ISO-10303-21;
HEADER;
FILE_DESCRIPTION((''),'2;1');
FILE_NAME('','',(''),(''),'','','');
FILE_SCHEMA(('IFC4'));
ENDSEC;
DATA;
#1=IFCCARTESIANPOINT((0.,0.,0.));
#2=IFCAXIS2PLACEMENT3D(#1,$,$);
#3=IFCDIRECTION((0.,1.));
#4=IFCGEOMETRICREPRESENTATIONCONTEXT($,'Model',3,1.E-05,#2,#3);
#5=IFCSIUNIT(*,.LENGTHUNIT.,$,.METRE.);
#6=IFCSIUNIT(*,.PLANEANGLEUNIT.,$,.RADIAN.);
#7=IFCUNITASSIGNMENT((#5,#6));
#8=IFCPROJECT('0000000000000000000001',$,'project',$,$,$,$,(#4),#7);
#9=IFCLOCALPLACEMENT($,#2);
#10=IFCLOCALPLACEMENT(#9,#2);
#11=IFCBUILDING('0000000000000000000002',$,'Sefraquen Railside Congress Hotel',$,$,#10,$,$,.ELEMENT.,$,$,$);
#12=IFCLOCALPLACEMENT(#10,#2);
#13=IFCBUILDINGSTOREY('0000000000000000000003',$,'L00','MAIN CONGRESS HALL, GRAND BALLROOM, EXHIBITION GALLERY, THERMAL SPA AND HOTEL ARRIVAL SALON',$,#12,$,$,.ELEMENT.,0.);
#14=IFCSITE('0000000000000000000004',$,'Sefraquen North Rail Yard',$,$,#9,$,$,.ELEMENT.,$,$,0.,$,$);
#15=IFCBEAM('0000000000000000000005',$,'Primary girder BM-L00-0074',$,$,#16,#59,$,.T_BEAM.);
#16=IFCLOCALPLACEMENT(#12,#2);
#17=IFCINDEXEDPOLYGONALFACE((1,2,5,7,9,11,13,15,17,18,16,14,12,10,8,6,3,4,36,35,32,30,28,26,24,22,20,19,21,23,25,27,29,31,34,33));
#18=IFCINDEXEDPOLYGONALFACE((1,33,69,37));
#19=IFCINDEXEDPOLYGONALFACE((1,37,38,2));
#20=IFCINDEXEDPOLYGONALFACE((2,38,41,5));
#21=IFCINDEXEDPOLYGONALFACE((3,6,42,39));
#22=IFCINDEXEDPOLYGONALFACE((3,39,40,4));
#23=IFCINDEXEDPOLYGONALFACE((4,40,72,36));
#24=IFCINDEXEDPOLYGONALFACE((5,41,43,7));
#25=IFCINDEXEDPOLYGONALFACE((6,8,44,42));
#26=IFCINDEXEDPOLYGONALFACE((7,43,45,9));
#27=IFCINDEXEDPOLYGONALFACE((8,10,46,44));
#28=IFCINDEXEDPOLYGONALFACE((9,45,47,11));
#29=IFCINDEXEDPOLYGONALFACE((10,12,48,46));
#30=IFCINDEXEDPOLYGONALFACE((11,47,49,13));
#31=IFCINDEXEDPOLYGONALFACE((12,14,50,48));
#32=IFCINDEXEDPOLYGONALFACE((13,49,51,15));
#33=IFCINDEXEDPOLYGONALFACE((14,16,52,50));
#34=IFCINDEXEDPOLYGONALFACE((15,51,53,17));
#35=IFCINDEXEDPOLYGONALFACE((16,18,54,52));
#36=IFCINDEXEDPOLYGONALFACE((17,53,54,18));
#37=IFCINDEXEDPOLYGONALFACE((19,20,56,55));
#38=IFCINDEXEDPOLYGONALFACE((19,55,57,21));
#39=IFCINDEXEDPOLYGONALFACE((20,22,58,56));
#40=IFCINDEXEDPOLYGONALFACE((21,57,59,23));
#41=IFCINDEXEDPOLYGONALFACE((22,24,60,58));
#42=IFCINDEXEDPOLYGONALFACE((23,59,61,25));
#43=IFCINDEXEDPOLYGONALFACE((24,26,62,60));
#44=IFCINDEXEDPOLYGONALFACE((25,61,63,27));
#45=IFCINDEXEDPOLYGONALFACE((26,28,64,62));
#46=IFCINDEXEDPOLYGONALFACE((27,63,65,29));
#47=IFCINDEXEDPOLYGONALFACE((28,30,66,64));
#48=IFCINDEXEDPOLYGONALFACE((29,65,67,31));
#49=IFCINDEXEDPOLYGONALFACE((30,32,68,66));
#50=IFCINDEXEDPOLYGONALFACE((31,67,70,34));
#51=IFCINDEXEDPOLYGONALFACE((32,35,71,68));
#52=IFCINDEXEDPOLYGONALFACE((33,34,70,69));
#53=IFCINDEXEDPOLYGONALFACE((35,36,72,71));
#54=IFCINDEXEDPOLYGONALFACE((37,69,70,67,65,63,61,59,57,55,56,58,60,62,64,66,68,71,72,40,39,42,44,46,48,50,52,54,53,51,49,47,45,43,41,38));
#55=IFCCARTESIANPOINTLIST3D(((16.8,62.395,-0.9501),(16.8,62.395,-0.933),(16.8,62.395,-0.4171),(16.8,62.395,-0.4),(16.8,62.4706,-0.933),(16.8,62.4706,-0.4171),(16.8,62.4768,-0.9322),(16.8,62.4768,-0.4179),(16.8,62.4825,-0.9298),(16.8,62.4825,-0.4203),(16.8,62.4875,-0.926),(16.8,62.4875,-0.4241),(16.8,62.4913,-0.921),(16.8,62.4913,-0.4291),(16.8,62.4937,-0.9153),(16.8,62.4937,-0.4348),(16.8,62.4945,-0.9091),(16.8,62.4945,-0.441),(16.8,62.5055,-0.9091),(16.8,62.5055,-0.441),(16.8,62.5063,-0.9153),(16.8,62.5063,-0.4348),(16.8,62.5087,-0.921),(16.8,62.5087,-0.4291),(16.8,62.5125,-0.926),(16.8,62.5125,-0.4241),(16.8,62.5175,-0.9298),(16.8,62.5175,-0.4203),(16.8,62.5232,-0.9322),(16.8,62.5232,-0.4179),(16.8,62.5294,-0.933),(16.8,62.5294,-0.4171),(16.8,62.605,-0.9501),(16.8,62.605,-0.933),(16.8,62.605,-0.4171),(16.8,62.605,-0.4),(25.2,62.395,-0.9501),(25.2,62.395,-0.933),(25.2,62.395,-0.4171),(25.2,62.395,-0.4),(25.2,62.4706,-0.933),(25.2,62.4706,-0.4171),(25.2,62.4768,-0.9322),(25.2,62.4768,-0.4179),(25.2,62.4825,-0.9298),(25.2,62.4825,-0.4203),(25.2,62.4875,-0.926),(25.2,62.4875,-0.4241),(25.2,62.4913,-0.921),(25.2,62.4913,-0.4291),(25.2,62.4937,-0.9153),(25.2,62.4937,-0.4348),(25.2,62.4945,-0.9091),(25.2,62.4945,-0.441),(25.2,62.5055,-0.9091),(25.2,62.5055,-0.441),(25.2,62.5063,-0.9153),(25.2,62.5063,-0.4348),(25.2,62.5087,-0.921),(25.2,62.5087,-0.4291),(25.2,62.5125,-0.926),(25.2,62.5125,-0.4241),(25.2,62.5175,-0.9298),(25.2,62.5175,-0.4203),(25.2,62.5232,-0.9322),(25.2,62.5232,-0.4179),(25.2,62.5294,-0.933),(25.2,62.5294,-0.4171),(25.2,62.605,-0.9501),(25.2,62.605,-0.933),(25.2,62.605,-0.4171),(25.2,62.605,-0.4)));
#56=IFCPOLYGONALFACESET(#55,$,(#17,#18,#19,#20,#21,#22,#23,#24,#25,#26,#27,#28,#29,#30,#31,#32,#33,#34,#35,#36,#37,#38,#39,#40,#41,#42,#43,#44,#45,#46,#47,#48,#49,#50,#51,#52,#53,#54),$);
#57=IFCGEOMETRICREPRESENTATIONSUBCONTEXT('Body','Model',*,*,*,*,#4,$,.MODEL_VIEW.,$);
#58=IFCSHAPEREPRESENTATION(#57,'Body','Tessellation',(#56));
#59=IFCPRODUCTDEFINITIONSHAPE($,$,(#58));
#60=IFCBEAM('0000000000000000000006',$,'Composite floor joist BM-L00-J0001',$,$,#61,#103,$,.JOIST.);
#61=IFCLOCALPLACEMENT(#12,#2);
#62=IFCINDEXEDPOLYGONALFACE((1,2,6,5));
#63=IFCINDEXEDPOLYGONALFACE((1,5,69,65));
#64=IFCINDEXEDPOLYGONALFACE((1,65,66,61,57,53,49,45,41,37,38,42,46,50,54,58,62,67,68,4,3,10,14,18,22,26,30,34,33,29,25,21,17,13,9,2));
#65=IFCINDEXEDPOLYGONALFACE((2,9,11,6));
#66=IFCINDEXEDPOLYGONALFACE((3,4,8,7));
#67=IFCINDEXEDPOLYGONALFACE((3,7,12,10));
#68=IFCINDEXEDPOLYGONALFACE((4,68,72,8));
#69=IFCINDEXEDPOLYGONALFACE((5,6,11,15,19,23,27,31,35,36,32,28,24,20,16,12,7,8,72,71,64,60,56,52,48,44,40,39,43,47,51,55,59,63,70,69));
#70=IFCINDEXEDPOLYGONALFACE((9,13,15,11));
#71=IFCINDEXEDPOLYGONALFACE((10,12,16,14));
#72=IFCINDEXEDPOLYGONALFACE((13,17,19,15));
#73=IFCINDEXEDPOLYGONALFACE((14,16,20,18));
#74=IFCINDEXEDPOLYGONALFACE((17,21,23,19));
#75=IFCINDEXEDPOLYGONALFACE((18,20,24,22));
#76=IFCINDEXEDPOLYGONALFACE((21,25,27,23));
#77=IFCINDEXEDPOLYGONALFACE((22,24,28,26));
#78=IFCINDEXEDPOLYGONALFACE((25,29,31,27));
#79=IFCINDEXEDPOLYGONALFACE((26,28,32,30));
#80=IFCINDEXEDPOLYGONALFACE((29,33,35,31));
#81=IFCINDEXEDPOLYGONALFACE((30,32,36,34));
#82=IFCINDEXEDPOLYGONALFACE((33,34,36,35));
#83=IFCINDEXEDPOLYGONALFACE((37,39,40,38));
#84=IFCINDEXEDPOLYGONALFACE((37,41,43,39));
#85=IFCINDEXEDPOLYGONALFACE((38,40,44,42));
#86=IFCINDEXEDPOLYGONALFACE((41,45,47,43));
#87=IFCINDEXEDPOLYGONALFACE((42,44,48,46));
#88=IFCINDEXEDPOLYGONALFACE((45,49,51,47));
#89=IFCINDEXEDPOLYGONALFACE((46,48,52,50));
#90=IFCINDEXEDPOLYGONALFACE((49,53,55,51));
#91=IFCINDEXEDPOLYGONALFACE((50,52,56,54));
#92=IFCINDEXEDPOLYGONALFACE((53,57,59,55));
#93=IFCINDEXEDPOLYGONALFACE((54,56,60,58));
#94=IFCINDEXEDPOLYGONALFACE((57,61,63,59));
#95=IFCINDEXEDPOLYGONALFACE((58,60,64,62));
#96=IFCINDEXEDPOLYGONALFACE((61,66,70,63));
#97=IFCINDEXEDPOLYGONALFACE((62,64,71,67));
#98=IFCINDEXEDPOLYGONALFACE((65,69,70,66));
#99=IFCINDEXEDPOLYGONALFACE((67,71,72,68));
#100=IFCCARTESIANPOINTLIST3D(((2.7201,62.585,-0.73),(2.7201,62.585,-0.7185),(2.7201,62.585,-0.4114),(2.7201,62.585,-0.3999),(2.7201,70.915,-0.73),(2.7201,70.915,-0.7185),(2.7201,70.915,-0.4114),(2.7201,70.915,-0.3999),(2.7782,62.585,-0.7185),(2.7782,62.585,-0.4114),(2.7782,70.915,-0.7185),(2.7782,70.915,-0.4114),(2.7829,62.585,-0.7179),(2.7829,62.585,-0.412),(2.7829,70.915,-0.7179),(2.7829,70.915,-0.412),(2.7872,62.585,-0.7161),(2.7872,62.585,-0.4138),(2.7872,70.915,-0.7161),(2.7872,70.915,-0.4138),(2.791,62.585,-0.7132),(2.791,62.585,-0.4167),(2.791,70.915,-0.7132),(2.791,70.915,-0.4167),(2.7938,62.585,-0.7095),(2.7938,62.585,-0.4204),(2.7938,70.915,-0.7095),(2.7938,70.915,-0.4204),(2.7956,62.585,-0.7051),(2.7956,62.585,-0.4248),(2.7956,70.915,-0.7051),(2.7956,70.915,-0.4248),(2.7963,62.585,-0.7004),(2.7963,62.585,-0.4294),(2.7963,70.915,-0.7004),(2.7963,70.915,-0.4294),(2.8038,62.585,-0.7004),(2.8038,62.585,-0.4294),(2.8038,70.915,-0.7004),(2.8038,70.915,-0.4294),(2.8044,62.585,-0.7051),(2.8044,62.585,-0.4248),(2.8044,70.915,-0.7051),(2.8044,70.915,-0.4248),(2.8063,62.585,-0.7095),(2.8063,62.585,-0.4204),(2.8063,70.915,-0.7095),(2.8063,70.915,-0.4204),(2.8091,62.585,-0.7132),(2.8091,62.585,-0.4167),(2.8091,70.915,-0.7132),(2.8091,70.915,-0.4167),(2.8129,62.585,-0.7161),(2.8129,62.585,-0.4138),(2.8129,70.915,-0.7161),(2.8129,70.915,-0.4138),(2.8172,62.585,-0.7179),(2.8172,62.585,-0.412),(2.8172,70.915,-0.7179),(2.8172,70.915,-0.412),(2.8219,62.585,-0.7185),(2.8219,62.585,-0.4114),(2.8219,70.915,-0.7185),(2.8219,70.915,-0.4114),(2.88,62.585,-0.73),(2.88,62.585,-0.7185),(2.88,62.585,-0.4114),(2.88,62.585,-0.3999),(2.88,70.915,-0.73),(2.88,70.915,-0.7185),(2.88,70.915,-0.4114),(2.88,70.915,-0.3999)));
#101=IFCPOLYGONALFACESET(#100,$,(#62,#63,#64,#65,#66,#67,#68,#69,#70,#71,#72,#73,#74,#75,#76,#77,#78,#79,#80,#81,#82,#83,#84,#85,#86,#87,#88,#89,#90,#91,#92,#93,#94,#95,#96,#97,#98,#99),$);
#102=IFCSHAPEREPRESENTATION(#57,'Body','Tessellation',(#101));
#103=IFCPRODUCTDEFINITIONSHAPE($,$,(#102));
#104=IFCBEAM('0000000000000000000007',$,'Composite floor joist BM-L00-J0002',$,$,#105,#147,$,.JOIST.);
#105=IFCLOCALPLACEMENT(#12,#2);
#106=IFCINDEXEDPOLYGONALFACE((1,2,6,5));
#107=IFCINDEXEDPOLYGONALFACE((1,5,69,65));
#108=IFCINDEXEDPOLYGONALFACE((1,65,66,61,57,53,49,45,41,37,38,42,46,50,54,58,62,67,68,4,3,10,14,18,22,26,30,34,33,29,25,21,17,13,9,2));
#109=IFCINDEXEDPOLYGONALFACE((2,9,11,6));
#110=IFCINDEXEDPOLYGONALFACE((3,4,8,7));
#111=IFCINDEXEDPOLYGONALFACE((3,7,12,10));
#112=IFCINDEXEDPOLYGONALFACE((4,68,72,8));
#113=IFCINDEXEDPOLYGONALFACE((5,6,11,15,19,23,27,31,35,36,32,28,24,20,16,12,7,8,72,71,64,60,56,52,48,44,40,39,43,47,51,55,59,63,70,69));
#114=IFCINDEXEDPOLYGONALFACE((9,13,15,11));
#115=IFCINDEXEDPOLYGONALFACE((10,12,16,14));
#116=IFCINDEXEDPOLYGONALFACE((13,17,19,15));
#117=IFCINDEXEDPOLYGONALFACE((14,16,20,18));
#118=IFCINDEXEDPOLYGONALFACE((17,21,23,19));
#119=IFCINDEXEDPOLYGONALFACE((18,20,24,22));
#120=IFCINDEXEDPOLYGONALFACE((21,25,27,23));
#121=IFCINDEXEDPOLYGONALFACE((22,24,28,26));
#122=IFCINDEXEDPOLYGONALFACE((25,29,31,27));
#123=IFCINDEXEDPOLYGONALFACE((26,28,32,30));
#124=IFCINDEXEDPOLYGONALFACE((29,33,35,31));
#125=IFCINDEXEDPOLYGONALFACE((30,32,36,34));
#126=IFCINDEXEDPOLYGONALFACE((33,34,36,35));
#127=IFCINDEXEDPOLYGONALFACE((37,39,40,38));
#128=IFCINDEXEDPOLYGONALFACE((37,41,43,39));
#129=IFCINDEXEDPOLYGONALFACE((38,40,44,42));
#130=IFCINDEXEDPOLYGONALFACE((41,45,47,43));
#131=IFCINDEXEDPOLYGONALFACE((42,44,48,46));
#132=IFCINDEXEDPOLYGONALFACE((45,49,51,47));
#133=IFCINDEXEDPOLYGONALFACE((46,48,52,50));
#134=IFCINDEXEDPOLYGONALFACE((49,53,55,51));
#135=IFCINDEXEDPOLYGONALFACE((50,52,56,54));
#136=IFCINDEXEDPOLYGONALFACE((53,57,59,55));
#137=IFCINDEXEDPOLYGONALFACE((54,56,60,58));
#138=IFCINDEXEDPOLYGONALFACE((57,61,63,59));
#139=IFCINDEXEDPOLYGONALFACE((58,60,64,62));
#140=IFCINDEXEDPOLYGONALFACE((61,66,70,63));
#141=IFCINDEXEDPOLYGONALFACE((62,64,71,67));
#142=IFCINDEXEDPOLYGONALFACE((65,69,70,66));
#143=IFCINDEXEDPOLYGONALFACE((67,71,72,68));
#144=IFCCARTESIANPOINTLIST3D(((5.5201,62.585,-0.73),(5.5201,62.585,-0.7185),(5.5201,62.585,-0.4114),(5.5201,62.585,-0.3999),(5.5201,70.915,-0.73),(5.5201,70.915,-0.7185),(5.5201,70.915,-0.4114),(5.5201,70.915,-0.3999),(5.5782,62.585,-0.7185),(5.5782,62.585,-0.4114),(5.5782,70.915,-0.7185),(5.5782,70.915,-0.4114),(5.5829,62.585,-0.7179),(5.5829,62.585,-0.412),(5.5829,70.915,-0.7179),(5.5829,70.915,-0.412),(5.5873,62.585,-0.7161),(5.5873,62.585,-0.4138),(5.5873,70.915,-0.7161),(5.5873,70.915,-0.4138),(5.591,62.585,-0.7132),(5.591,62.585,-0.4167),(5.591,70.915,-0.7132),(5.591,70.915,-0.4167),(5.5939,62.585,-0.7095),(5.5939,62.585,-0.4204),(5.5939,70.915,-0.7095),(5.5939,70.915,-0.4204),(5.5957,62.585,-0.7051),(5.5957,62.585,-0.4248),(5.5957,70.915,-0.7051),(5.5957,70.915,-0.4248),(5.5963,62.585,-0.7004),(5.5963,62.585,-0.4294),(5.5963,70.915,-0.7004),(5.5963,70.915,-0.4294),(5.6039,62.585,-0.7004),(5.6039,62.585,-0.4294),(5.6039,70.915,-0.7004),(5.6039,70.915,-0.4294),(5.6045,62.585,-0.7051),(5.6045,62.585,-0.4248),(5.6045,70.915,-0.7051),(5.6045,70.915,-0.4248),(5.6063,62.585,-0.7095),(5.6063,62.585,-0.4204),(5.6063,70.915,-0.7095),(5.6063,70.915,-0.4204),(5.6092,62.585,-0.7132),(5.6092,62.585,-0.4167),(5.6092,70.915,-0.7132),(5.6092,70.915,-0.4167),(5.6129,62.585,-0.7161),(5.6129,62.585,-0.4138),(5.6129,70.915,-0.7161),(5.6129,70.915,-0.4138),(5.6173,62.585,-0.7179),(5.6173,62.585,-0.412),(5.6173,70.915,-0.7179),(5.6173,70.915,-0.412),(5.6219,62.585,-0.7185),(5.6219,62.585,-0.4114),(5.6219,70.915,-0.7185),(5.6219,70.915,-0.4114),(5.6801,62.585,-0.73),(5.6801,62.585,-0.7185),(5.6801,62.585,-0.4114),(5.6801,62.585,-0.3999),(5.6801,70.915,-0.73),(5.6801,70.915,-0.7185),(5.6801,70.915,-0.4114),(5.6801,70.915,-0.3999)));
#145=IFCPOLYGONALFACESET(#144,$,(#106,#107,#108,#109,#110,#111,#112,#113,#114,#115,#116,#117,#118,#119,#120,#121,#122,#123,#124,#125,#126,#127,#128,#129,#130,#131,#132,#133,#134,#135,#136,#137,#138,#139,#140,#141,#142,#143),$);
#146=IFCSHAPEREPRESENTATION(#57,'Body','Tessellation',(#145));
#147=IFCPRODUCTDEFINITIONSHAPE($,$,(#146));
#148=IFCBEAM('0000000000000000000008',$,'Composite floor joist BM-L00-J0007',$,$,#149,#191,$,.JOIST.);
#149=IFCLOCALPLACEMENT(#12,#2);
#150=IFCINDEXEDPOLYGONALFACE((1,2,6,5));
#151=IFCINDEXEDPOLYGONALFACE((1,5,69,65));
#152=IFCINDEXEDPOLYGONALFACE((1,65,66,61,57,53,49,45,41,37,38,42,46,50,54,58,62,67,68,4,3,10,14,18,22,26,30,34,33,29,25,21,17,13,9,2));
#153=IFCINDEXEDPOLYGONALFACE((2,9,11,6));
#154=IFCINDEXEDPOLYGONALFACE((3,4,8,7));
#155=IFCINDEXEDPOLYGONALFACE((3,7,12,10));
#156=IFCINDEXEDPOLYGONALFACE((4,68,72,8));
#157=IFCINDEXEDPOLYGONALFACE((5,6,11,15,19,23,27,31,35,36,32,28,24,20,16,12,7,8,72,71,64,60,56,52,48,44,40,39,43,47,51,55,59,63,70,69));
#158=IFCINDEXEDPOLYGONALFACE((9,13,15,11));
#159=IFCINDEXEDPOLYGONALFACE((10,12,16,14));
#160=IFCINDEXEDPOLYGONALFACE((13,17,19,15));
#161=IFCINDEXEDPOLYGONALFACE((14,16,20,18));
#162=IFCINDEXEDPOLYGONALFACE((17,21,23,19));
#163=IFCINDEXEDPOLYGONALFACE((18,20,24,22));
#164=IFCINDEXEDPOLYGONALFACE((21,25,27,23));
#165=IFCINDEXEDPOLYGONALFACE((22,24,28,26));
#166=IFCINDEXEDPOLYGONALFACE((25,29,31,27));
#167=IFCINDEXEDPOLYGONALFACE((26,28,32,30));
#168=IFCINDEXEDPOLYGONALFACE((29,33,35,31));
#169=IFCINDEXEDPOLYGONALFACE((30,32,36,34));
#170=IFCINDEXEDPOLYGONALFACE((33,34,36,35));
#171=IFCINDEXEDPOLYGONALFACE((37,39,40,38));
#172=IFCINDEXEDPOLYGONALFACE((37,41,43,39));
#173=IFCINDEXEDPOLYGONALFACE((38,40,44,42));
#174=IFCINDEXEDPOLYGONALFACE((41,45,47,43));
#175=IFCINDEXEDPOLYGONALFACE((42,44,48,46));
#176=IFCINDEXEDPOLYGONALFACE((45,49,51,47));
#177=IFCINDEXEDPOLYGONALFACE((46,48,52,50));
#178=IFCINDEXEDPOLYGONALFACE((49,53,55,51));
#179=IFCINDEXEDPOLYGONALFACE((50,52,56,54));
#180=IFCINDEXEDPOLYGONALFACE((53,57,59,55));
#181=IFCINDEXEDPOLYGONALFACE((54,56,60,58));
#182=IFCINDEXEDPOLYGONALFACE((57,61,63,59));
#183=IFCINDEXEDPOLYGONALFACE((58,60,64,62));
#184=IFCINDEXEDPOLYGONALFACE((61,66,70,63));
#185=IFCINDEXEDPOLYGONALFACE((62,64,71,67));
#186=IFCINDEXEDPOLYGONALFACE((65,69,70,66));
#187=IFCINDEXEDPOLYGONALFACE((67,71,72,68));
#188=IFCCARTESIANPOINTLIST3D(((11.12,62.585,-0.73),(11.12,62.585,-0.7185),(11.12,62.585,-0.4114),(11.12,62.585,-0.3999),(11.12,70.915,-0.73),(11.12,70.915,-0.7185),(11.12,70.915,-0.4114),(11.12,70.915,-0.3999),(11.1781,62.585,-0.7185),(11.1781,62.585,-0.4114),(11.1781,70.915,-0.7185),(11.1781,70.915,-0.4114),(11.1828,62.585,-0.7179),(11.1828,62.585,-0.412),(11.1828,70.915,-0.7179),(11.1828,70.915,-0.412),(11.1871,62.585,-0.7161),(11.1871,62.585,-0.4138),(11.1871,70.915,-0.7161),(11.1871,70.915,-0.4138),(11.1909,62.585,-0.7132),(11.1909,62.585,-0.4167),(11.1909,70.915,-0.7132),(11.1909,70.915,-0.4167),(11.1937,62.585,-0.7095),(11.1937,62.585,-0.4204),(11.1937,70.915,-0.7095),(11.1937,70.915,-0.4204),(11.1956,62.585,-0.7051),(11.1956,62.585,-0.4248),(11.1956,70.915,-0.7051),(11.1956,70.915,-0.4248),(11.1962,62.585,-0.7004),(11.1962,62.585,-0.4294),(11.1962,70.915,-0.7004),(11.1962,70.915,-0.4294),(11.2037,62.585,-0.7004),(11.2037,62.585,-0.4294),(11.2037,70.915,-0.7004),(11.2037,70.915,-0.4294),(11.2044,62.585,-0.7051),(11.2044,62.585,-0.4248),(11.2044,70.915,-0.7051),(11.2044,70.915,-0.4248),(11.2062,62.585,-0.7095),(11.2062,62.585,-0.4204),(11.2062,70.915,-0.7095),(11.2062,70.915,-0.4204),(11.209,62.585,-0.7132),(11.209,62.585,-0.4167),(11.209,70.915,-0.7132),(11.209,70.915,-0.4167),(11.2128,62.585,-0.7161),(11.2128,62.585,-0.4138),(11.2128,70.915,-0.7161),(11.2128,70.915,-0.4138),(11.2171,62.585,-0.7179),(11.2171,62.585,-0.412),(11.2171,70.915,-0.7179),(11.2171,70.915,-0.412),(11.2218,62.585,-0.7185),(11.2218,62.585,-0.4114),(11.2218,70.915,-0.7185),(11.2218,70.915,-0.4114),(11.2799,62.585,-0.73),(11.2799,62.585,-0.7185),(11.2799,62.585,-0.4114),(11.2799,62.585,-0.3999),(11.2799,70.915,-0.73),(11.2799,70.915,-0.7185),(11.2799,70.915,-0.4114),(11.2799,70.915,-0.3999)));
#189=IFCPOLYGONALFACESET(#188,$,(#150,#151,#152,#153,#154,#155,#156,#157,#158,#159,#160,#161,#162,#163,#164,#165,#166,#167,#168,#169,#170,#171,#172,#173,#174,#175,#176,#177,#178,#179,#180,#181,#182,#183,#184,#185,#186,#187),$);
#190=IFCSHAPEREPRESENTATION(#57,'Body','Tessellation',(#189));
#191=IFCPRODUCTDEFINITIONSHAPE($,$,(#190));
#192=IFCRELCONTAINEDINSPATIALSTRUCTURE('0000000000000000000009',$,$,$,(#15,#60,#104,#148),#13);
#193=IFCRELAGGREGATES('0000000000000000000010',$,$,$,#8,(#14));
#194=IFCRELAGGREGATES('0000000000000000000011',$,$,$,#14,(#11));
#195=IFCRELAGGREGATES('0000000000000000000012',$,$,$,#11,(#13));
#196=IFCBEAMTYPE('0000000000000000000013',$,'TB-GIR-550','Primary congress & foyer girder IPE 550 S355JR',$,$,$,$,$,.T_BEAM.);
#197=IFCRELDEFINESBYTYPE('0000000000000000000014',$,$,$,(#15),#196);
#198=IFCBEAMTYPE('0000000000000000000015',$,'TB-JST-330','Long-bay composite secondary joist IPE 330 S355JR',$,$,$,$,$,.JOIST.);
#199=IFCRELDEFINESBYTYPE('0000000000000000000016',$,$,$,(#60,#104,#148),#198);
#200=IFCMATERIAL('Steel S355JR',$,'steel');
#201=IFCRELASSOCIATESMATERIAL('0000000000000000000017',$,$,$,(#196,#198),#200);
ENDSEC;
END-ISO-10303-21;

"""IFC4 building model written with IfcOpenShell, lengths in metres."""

from ifc_helpers import new_model, si_unit, direction, frame, origin, origin_2d, place, context, subcontext, project, spatial, i_section, extrude, material, material_profile, profile_set, type_object, element, save


model = new_model("IFC4")

# Units and contexts
model_context = context("Model", 3, precision=1e-05, world=origin(), true_north=direction((0.0, 1.0)))
body_context = subcontext(model_context, "Body", "Model", "MODEL_VIEW")
ifc_project = project(units=[si_unit("LENGTHUNIT", "METRE"), si_unit("PLANEANGLEUNIT", "RADIAN")], contexts=[model_context])

# Site, building, storey
site_placement = place(None, origin())
site = spatial("IfcSite", under=ifc_project, at=site_placement, Name="Sefraquen North Rail Yard", CompositionType="ELEMENT", RefElevation=0.0)
building_placement = place(site_placement, origin())
building = spatial("IfcBuilding", under=site, at=building_placement, Name="Sefraquen Railside Congress Hotel", CompositionType="ELEMENT")
storey_placement = place(building_placement, origin())
storey = spatial("IfcBuildingStorey", under=building, at=storey_placement, Name="L00", Description="MAIN CONGRESS HALL, GRAND BALLROOM, EXHIBITION GALLERY, THERMAL SPA AND HOTEL ARRIVAL SALON", CompositionType="ELEMENT", Elevation=0.0)

# Shared definitions
ifc_material_1 = material(Name="Steel S355JR", Category="steel")

# Beams
ifc_material_profile_1 = material_profile(ifc_material_1, i_section(OverallWidth=0.21, OverallDepth=0.55, WebThickness=0.011, FlangeThickness=0.0171, FilletRadius=0.0239, at=origin_2d()), Name="IPE 550")
ifc_profile_set_1 = profile_set([ifc_material_profile_1], Name="Steel S355JR")
beam_type_1 = type_object("IfcBeamType", Name="TB-GIR-550", Description="Primary congress & foyer girder IPE 550 S355JR", PredefinedType="T_BEAM", material=ifc_profile_set_1)
beam_1_placement = place(storey_placement, frame((16.8, 62.5, -0.675), z_axis=(1.0, 0.0, 0.0), x_axis=(0.0, 1.0, 0.0)))
element("IfcBeam", 1, at=beam_1_placement, inside=storey, type_object=beam_type_1, Name="Primary girder BM-L00-0074", PredefinedType="T_BEAM", context=body_context, shape_type="SweptSolid", body=[
    extrude(i_section(OverallWidth=0.21, OverallDepth=0.55, WebThickness=0.011, FlangeThickness=0.0171, FilletRadius=0.0239, at=origin_2d()), origin(), (0.0, 0.0, 1.0), 8.3999),
])
ifc_material_profile_2 = material_profile(ifc_material_1, i_section(OverallWidth=0.1599, OverallDepth=0.3301, WebThickness=0.0076, FlangeThickness=0.0115, FilletRadius=0.0181, at=origin_2d()), Name="IPE 330")
ifc_profile_set_2 = profile_set([ifc_material_profile_2], Name="Steel S355JR")
beam_type_2 = type_object("IfcBeamType", Name="TB-JST-330", Description="Long-bay composite secondary joist IPE 330 S355JR", PredefinedType="JOIST", material=ifc_profile_set_2)
for number, where, z_axis, x_axis, name in (
    (2, (2.8, 62.585, -0.5649), (0.0, 1.0, 0.0), (-1.0, 0.0, 0.0), "Composite floor joist BM-L00-J0001"),
    (3, (5.6001, 62.585, -0.5649), (0.0, 1.0, 0.0), (-1.0, 0.0, 0.0), "Composite floor joist BM-L00-J0002"),
    (4, (11.2, 62.585, -0.5649), (0.0, 1.0, 0.0), (-1.0, 0.0, 0.0), "Composite floor joist BM-L00-J0007"),
):
    element("IfcBeam", number, at=place(storey_placement, frame(where, z_axis=z_axis, x_axis=x_axis)), inside=storey, type_object=beam_type_2, Name=name, PredefinedType="JOIST", context=body_context, shape_type="SweptSolid", body=[
        extrude(i_section(OverallWidth=0.1599, OverallDepth=0.3301, WebThickness=0.0076, FlangeThickness=0.0115, FilletRadius=0.0181, at=origin_2d()), origin(), (0.0, 0.0, 1.0), 8.3301),
    ])

save(model, "model.ifc")
